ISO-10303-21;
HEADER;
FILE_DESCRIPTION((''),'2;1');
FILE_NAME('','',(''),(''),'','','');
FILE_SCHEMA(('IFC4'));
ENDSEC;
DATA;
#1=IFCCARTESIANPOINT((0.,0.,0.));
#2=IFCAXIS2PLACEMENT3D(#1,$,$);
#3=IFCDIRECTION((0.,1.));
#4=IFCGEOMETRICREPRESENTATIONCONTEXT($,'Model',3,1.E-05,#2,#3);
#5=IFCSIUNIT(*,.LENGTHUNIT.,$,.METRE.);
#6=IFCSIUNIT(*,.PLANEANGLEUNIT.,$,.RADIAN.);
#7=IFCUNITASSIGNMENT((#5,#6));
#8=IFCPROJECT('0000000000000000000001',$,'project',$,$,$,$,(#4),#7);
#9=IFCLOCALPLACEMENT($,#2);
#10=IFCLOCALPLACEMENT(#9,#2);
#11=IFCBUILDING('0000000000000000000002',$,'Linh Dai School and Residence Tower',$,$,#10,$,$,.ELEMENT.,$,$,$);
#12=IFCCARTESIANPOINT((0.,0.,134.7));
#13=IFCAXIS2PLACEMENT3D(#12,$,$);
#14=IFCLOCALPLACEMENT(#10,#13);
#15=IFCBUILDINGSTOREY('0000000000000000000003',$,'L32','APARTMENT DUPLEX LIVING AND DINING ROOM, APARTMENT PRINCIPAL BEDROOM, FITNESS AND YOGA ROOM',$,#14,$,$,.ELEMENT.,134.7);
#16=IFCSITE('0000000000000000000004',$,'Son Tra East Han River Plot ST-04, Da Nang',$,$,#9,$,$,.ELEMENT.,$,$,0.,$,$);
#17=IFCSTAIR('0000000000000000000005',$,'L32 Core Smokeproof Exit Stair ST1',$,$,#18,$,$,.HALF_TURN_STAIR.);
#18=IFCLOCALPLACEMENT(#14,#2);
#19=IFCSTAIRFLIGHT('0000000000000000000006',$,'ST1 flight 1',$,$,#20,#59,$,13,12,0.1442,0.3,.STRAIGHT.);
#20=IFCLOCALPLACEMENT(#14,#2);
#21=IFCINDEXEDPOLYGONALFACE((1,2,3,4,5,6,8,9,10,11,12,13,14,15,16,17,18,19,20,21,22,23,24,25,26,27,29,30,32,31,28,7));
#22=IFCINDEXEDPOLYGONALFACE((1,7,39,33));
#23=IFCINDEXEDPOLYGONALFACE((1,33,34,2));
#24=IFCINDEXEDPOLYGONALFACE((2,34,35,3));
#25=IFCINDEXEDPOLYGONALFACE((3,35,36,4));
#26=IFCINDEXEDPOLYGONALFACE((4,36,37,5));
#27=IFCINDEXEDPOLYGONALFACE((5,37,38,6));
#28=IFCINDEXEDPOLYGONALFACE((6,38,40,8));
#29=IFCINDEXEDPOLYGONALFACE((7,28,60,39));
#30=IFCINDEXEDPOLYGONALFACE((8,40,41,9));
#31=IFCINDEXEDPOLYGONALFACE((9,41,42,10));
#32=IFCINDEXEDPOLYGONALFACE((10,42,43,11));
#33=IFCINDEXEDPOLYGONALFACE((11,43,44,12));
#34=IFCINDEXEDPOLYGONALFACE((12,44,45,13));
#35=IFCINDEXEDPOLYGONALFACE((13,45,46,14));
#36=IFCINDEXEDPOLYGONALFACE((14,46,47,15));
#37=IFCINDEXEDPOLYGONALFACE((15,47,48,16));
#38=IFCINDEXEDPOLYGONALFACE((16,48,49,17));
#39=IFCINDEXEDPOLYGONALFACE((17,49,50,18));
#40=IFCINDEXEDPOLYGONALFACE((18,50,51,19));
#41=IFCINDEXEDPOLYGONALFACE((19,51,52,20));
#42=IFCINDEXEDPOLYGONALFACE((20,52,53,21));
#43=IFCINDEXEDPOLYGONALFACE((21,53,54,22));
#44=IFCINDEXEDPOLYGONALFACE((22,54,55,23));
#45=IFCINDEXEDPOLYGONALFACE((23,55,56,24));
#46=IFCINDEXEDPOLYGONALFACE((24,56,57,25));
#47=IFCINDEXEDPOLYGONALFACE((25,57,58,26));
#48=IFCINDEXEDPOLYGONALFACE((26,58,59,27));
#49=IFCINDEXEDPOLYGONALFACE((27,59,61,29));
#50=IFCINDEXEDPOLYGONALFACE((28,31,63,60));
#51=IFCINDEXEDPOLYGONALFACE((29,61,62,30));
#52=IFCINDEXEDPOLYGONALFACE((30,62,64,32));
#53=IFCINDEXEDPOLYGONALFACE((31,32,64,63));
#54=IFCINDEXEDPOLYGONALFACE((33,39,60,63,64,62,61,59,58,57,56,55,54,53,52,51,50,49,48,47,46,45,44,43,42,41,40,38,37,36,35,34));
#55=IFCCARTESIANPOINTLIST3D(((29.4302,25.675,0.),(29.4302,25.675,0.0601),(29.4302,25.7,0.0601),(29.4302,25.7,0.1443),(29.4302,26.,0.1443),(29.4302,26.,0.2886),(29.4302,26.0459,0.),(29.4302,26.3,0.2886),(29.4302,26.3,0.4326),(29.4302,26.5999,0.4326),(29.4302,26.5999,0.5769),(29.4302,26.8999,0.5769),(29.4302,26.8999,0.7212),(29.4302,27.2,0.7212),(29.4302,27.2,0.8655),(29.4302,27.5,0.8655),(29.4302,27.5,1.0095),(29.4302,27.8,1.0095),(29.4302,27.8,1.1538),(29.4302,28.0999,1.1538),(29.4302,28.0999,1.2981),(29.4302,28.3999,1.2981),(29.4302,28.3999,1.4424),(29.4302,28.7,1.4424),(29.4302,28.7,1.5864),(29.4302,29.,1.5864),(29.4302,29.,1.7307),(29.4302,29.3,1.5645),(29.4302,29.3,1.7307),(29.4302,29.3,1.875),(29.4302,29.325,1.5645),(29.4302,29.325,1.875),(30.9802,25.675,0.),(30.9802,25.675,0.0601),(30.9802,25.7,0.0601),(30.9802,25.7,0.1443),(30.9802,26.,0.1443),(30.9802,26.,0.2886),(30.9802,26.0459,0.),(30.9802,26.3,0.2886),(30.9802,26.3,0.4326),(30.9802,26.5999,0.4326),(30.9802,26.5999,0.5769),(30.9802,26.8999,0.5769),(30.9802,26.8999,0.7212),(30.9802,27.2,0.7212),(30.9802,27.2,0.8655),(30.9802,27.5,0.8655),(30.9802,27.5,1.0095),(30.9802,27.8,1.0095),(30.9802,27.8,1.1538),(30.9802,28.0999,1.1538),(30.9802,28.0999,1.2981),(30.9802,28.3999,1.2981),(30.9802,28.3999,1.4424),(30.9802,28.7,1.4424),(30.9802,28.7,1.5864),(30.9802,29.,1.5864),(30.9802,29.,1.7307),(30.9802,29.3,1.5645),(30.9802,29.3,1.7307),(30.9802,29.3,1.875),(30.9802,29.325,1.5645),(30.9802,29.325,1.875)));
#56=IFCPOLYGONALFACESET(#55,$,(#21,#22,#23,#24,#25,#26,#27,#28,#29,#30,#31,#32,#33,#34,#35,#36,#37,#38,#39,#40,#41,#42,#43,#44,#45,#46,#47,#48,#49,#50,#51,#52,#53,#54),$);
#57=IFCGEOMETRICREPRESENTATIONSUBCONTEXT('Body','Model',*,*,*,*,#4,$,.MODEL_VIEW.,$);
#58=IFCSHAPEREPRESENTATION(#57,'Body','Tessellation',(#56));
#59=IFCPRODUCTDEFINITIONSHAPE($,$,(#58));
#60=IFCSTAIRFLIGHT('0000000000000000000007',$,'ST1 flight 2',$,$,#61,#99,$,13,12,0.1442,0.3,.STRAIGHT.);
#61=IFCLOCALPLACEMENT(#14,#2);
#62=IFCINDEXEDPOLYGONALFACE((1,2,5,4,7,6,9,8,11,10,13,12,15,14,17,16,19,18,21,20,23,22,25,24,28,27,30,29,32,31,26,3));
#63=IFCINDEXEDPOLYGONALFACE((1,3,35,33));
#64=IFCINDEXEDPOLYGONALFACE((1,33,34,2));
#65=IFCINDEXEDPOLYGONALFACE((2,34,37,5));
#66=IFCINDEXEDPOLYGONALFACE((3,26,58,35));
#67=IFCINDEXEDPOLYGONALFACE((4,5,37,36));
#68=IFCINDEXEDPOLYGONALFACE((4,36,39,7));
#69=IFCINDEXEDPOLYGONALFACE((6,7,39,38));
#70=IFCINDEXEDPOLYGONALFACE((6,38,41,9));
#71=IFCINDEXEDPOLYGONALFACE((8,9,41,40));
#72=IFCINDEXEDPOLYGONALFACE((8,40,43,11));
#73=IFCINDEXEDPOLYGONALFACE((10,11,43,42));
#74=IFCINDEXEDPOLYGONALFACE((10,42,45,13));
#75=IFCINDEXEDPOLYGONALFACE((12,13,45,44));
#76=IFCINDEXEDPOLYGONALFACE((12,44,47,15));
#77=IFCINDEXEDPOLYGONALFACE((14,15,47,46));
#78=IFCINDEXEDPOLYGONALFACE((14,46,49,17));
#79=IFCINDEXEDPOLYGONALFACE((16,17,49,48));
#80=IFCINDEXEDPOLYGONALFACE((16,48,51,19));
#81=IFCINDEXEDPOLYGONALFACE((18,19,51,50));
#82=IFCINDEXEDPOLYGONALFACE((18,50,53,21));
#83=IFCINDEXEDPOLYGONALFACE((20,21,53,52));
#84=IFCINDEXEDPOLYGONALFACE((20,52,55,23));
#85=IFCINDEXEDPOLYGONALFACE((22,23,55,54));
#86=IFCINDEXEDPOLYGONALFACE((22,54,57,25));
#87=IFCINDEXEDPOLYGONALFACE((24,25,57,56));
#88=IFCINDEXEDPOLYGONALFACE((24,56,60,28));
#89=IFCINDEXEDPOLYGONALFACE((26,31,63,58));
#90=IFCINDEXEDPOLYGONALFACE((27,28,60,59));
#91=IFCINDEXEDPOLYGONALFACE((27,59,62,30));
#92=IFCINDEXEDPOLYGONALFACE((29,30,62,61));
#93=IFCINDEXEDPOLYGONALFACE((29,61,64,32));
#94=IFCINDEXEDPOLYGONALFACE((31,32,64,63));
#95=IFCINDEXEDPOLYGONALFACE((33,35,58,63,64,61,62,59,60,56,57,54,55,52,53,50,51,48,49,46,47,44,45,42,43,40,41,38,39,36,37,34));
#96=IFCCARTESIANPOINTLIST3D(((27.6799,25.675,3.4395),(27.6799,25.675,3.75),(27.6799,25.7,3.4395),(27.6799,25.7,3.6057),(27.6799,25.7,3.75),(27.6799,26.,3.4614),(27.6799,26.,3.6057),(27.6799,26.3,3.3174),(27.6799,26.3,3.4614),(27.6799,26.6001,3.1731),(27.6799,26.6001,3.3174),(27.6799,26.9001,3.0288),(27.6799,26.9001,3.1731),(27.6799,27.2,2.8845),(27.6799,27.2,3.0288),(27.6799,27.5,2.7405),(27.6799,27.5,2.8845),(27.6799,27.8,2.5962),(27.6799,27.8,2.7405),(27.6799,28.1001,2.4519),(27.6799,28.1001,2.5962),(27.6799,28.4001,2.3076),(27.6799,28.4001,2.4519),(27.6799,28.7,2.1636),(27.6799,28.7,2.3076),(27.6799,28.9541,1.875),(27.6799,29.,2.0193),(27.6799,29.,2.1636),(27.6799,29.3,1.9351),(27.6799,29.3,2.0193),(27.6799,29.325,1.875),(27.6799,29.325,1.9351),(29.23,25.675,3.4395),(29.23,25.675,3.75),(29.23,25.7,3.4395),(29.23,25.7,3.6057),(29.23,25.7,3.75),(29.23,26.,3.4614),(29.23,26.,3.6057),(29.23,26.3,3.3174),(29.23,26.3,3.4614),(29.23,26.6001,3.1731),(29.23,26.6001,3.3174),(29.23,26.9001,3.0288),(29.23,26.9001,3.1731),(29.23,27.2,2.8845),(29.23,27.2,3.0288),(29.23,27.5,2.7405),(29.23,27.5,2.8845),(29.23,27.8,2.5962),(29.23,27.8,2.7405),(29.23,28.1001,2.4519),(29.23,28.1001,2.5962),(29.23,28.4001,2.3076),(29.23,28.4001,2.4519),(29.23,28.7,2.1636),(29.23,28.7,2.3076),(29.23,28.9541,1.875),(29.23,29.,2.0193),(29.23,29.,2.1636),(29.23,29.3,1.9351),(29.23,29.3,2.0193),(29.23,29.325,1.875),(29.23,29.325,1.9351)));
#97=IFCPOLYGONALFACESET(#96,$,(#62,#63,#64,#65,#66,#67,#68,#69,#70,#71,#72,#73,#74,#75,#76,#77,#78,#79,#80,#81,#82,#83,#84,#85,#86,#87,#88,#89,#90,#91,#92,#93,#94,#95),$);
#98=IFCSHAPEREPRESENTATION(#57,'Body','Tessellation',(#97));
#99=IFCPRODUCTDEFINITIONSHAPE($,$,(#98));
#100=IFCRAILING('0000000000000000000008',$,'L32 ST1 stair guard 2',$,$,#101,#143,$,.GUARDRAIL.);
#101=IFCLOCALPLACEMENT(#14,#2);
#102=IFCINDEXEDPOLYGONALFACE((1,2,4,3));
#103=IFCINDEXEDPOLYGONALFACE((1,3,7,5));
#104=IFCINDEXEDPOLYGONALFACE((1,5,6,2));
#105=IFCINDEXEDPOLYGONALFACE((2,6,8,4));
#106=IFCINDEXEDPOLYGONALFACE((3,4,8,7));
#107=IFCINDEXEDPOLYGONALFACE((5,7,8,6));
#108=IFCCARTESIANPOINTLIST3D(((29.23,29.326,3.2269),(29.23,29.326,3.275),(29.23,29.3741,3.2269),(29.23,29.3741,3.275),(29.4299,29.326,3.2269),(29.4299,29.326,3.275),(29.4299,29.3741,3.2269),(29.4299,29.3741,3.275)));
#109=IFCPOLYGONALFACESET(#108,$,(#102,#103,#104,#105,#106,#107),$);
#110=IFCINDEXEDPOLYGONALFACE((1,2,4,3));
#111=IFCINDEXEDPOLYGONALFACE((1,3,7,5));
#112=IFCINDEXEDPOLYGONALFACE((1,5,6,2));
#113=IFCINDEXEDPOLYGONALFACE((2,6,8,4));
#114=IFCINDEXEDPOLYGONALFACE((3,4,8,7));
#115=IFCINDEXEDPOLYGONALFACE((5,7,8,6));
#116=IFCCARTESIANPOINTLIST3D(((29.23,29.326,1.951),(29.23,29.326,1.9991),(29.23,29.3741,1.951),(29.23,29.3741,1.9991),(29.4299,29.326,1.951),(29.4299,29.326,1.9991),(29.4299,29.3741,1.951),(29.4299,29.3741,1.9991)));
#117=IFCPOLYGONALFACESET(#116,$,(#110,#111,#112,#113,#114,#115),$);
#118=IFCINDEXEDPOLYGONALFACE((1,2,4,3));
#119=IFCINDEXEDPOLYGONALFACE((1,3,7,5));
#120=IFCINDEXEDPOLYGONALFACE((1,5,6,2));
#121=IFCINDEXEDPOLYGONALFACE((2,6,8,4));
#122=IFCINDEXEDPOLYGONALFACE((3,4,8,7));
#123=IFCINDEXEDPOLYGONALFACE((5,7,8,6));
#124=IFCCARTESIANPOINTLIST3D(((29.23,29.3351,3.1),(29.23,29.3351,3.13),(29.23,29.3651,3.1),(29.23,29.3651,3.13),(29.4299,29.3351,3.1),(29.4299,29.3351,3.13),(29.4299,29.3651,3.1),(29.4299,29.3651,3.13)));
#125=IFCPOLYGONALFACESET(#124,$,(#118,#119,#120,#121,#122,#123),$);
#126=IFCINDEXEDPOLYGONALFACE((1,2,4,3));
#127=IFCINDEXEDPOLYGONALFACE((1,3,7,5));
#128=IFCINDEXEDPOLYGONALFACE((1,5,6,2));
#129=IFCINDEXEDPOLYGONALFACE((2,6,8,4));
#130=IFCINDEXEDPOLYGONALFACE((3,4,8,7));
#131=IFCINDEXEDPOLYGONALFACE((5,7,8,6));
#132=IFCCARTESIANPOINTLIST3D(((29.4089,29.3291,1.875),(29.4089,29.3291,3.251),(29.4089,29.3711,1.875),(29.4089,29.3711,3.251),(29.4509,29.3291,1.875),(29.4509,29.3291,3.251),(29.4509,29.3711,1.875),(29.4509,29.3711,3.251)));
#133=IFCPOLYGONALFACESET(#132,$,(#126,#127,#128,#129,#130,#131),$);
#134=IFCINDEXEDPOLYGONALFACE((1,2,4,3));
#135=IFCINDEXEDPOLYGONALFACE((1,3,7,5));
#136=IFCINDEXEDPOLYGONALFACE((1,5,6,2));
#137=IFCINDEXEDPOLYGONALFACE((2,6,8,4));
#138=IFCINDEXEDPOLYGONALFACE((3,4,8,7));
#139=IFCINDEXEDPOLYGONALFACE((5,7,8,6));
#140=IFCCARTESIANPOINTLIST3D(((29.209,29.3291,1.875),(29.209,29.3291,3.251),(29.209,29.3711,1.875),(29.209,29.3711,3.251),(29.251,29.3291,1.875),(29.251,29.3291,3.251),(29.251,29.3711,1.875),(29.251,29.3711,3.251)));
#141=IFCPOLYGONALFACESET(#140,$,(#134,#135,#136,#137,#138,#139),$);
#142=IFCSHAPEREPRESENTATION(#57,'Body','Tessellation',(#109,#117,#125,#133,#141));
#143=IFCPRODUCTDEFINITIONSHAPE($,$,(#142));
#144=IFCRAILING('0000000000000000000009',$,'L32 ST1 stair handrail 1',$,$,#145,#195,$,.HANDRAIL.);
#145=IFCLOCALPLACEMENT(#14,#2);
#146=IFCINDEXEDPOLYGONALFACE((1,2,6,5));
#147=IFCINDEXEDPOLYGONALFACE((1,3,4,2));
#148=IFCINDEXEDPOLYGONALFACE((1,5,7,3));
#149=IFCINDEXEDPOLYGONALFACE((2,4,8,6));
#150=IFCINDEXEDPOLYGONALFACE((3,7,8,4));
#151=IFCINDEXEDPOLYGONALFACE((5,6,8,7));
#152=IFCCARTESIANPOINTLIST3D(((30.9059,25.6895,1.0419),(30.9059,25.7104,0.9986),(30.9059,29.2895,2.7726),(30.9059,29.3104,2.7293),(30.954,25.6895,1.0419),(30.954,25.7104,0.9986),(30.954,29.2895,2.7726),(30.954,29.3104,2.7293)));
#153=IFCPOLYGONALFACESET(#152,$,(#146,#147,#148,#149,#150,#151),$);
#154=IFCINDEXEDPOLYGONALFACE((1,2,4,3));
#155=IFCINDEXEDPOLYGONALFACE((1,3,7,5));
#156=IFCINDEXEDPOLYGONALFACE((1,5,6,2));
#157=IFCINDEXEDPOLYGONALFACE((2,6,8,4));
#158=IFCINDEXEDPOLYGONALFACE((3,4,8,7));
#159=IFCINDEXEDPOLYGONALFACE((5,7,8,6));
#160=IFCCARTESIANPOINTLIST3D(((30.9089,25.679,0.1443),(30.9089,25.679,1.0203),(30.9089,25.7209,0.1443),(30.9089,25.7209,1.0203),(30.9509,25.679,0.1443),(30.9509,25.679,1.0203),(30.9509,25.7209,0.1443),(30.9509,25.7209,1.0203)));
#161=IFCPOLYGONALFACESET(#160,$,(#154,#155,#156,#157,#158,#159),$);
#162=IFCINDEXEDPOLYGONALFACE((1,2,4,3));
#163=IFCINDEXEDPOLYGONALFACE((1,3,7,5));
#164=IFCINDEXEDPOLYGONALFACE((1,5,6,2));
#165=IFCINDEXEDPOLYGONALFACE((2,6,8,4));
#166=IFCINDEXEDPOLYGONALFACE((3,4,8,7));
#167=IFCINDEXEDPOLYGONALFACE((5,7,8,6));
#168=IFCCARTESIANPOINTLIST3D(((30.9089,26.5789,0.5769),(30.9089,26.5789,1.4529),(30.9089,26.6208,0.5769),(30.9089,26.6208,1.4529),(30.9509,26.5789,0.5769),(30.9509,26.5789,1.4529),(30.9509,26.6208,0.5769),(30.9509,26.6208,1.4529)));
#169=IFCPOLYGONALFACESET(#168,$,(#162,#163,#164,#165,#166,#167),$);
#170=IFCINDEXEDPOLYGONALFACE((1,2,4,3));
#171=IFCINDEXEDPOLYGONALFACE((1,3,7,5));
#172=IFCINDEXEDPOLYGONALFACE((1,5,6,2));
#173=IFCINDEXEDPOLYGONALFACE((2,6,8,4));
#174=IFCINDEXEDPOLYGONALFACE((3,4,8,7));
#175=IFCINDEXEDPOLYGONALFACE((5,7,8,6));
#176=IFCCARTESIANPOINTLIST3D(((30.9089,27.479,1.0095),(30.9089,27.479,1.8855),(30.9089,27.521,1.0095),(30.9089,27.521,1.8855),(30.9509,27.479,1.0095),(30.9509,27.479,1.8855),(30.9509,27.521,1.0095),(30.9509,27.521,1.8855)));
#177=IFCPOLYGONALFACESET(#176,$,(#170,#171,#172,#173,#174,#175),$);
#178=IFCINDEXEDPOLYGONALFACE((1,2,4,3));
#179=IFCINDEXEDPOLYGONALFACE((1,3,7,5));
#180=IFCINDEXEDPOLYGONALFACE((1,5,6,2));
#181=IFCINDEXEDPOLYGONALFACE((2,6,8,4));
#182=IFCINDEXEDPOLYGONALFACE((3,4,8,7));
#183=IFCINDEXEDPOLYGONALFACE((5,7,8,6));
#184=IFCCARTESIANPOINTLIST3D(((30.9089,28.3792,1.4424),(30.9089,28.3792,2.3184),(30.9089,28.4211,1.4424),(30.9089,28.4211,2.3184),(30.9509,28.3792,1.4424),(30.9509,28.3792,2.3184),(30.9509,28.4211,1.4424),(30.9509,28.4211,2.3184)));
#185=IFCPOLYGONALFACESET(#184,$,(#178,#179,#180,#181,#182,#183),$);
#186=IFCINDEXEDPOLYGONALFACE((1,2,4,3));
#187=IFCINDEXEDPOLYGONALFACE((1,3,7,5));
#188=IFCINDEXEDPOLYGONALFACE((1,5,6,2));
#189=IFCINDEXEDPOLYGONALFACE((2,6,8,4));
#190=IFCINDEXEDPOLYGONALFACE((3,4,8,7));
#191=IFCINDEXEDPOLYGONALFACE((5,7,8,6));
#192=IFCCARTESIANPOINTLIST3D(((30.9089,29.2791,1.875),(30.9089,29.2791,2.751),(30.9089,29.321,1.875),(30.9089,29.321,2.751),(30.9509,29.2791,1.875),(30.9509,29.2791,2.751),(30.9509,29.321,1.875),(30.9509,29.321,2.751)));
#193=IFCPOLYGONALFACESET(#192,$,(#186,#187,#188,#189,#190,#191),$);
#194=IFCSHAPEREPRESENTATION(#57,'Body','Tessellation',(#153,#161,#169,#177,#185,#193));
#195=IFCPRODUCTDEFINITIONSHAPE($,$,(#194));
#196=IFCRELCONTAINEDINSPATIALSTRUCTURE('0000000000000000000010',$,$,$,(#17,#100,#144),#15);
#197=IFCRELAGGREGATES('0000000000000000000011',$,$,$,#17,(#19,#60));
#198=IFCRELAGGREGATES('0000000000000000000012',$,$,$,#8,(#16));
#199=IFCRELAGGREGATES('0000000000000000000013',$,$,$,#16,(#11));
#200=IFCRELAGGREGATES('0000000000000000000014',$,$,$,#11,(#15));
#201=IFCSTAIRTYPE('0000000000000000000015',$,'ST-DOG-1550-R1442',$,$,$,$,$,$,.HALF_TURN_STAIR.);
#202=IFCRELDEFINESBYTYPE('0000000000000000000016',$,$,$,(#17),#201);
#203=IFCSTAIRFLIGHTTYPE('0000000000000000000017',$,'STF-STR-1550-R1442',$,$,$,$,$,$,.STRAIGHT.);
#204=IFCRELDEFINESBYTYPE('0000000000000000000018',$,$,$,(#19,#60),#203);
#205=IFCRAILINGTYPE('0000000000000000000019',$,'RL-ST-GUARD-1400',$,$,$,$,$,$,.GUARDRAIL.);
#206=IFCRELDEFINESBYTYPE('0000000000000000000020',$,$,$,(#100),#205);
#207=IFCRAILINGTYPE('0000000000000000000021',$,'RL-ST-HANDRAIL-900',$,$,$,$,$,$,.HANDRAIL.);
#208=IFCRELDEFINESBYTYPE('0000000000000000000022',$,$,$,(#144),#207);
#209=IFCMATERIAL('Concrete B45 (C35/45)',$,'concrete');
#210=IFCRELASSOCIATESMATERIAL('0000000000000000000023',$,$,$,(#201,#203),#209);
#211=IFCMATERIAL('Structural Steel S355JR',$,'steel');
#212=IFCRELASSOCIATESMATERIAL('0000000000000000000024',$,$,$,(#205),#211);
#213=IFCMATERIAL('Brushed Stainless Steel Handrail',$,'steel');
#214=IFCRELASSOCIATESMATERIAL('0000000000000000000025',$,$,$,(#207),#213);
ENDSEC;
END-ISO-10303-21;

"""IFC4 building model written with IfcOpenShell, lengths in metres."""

from ifc_helpers import new_model, si_unit, direction, frame, origin, origin_2d, place, context, subcontext, project, spatial, polyline, rectangle, outline, extrude, source, transform, mapped, material, type_object, element, aggregate, save


model = new_model("IFC4")

# Units and contexts
model_context = context("Model", 3, precision=1e-05, world=origin(), true_north=direction((0.0, 1.0)))
body_context = subcontext(model_context, "Body", "Model", "MODEL_VIEW")
ifc_project = project(units=[si_unit("LENGTHUNIT", "METRE"), si_unit("PLANEANGLEUNIT", "RADIAN")], contexts=[model_context])

# Site, building, storey
site_placement = place(None, origin())
site = spatial("IfcSite", under=ifc_project, at=site_placement, Name="Son Tra East Han River Plot ST-04, Da Nang", CompositionType="ELEMENT", RefElevation=0.0)
building_placement = place(site_placement, origin())
building = spatial("IfcBuilding", under=site, at=building_placement, Name="Linh Dai School and Residence Tower", CompositionType="ELEMENT")
storey_placement = place(building_placement, frame((0.0, 0.0, 134.7)))
storey = spatial("IfcBuildingStorey", under=building, at=storey_placement, Name="L32", Description="APARTMENT DUPLEX LIVING AND DINING ROOM, APARTMENT PRINCIPAL BEDROOM, FITNESS AND YOGA ROOM", CompositionType="ELEMENT", Elevation=134.7)

# Shared definitions
ifc_material_1 = material(Name="Concrete B45 (C35/45)", Category="concrete")

# Stair, stair flights
stair_type = type_object("IfcStairType", Name="ST-DOG-1550-R1442", PredefinedType="HALF_TURN_STAIR", material=ifc_material_1)
stair_placement = place(storey_placement, origin())
stair = element("IfcStair", 1, at=stair_placement, inside=storey, type_object=stair_type, Name="L32 Core Smokeproof Exit Stair ST1", PredefinedType="HALF_TURN_STAIR")
stair_flight_type = type_object("IfcStairFlightType", Name="STF-STR-1550-R1442", PredefinedType="STRAIGHT", material=ifc_material_1)
shared_shape_1 = source(origin(), body_context, "Body", "SweptSolid", [
    extrude(outline(polyline([(-0.0249, 0.0), (-0.0249, 0.0601), (0.0, 0.0601), (0.0, 0.1443), (0.3, 0.1443), (0.3, 0.2886), (0.6001, 0.2886), (0.6001, 0.4326), (0.8999, 0.4326), (0.8999, 0.5769), (1.2, 0.5769), (1.2, 0.7212), (1.5, 0.7212), (1.5, 0.8655), (1.8, 0.8655), (1.8, 1.0095), (2.1001, 1.0095), (2.1001, 1.1538), (2.3999, 1.1538), (2.3999, 1.2981), (2.7, 1.2981), (2.7, 1.4424), (3.0, 1.4424), (3.0, 1.5864), (3.3, 1.5864), (3.3, 1.7307), (3.6001, 1.7307), (3.6001, 1.875), (3.625, 1.875), (3.625, 1.5645), (3.6001, 1.5645), (0.3459, 0.0), (-0.0249, 0.0)])), frame((0.0, 0.7749, 0.0), z_axis=(0.0, -1.0, 0.0), x_axis=(1.0, 0.0, 0.0)), (0.0, 0.0, 1.0), 1.55),
])
stair_flight_1_placement = place(storey_placement, frame((30.2051, 25.7, 0.0), z_axis=(0.0, 0.0, 1.0), x_axis=(0.0, 1.0, 0.0)))
stair_flight_1 = element("IfcStairFlight", 2, at=stair_flight_1_placement, type_object=stair_flight_type, Name="ST1 flight 1", NumberOfRisers=13, NumberOfTreads=12, PredefinedType="STRAIGHT", RiserHeight=0.1442, TreadLength=0.3, context=body_context, shape_type="MappedRepresentation", body=[
    mapped(shared_shape_1, transform((0.0, 0.0, 0.0), x_axis=(1.0, 0.0, 0.0), y_axis=(0.0, 1.0, 0.0), z_axis=(0.0, 0.0, 1.0), scale=1.0)),
])
stair_flight_2_placement = place(storey_placement, frame((28.4551, 29.3, 1.875), z_axis=(0.0, 0.0, 1.0), x_axis=(0.0, -1.0, 0.0)))
stair_flight_2 = element("IfcStairFlight", 3, at=stair_flight_2_placement, type_object=stair_flight_type, Name="ST1 flight 2", NumberOfRisers=13, NumberOfTreads=12, PredefinedType="STRAIGHT", RiserHeight=0.1442, TreadLength=0.3, context=body_context, shape_type="MappedRepresentation", body=[
    mapped(shared_shape_1, transform((0.0, 0.0, 0.0), x_axis=(1.0, 0.0, 0.0), y_axis=(0.0, 1.0, 0.0), z_axis=(0.0, 0.0, 1.0), scale=1.0)),
])
aggregate(stair, [stair_flight_1, stair_flight_2])

# Railings
ifc_material_2 = material(Name="Structural Steel S355JR", Category="steel")
railing_type_1 = type_object("IfcRailingType", Name="RL-ST-GUARD-1400", PredefinedType="GUARDRAIL", material=ifc_material_2)
shared_shape_2 = source(origin(), body_context, "Body", "SweptSolid", [
    extrude(rectangle(XDim=0.0481, YDim=0.0481, at=origin_2d()), frame((0.0, 0.0, 1.376), z_axis=(-1.0, 0.0, 0.0), x_axis=(0.0, -1.0, 0.0)), (0.0, 0.0, 1.0), 0.2),
    extrude(rectangle(XDim=0.0481, YDim=0.0481, at=origin_2d()), frame((0.0, 0.0, 0.1001), z_axis=(-1.0, 0.0, 0.0), x_axis=(0.0, -1.0, 0.0)), (0.0, 0.0, 1.0), 0.2),
    extrude(rectangle(XDim=0.03, YDim=0.03, at=origin_2d()), frame((0.0, 0.0, 1.24), z_axis=(-1.0, 0.0, 0.0), x_axis=(0.0, -1.0, 0.0)), (0.0, 0.0, 1.0), 0.2),
    extrude(rectangle(XDim=0.042, YDim=0.042, at=origin_2d()), origin(), (0.0, 0.0, 1.0), 1.376),
    extrude(rectangle(XDim=0.042, YDim=0.042, at=origin_2d()), frame((-0.2, 0.0, 0.0)), (0.0, 0.0, 1.0), 1.376),
])
railing_1_placement = place(storey_placement, frame((29.4299, 29.3501, 1.875)))
element("IfcRailing", 4, at=railing_1_placement, inside=storey, type_object=railing_type_1, Name="L32 ST1 stair guard 2", PredefinedType="GUARDRAIL", context=body_context, shape_type="MappedRepresentation", body=[
    mapped(shared_shape_2, transform((0.0, 0.0, 0.0), x_axis=(1.0, 0.0, 0.0), y_axis=(0.0, 1.0, 0.0), z_axis=(0.0, 0.0, 1.0), scale=1.0)),
])
ifc_material_3 = material(Name="Brushed Stainless Steel Handrail", Category="steel")
railing_type_2 = type_object("IfcRailingType", Name="RL-ST-HANDRAIL-900", PredefinedType="HANDRAIL", material=ifc_material_3)
shared_shape_3 = source(origin(), body_context, "Body", "SweptSolid", [
    extrude(rectangle(XDim=0.0481, YDim=0.0481, at=origin_2d()), frame((0.0, 0.0, 0.876), z_axis=(0.0, 0.901263, 0.433273), x_axis=(-1.0, 0.0, 0.0)), (0.0, 0.0, 1.0), 3.9944),
    extrude(rectangle(XDim=0.042, YDim=0.042, at=origin_2d()), origin(), (0.0, 0.0, 1.0), 0.876),
    extrude(rectangle(XDim=0.042, YDim=0.042, at=origin_2d()), frame((0.0, 0.8999, 0.4326)), (0.0, 0.0, 1.0), 0.876),
    extrude(rectangle(XDim=0.042, YDim=0.042, at=origin_2d()), frame((0.0, 1.8, 0.8652)), (0.0, 0.0, 1.0), 0.876),
    extrude(rectangle(XDim=0.042, YDim=0.042, at=origin_2d()), frame((0.0, 2.7002, 1.2981)), (0.0, 0.0, 1.0), 0.876),
    extrude(rectangle(XDim=0.042, YDim=0.042, at=origin_2d()), frame((0.0, 3.6001, 1.7307)), (0.0, 0.0, 1.0), 0.876),
])
railing_2_placement = place(storey_placement, frame((30.9299, 25.7, 0.1443)))
element("IfcRailing", 5, at=railing_2_placement, inside=storey, type_object=railing_type_2, Name="L32 ST1 stair handrail 1", PredefinedType="HANDRAIL", context=body_context, shape_type="MappedRepresentation", body=[
    mapped(shared_shape_3, transform((0.0, 0.0, 0.0), x_axis=(1.0, 0.0, 0.0), y_axis=(0.0, 1.0, 0.0), z_axis=(0.0, 0.0, 1.0), scale=1.0)),
])

save(model, "model.ifc")
